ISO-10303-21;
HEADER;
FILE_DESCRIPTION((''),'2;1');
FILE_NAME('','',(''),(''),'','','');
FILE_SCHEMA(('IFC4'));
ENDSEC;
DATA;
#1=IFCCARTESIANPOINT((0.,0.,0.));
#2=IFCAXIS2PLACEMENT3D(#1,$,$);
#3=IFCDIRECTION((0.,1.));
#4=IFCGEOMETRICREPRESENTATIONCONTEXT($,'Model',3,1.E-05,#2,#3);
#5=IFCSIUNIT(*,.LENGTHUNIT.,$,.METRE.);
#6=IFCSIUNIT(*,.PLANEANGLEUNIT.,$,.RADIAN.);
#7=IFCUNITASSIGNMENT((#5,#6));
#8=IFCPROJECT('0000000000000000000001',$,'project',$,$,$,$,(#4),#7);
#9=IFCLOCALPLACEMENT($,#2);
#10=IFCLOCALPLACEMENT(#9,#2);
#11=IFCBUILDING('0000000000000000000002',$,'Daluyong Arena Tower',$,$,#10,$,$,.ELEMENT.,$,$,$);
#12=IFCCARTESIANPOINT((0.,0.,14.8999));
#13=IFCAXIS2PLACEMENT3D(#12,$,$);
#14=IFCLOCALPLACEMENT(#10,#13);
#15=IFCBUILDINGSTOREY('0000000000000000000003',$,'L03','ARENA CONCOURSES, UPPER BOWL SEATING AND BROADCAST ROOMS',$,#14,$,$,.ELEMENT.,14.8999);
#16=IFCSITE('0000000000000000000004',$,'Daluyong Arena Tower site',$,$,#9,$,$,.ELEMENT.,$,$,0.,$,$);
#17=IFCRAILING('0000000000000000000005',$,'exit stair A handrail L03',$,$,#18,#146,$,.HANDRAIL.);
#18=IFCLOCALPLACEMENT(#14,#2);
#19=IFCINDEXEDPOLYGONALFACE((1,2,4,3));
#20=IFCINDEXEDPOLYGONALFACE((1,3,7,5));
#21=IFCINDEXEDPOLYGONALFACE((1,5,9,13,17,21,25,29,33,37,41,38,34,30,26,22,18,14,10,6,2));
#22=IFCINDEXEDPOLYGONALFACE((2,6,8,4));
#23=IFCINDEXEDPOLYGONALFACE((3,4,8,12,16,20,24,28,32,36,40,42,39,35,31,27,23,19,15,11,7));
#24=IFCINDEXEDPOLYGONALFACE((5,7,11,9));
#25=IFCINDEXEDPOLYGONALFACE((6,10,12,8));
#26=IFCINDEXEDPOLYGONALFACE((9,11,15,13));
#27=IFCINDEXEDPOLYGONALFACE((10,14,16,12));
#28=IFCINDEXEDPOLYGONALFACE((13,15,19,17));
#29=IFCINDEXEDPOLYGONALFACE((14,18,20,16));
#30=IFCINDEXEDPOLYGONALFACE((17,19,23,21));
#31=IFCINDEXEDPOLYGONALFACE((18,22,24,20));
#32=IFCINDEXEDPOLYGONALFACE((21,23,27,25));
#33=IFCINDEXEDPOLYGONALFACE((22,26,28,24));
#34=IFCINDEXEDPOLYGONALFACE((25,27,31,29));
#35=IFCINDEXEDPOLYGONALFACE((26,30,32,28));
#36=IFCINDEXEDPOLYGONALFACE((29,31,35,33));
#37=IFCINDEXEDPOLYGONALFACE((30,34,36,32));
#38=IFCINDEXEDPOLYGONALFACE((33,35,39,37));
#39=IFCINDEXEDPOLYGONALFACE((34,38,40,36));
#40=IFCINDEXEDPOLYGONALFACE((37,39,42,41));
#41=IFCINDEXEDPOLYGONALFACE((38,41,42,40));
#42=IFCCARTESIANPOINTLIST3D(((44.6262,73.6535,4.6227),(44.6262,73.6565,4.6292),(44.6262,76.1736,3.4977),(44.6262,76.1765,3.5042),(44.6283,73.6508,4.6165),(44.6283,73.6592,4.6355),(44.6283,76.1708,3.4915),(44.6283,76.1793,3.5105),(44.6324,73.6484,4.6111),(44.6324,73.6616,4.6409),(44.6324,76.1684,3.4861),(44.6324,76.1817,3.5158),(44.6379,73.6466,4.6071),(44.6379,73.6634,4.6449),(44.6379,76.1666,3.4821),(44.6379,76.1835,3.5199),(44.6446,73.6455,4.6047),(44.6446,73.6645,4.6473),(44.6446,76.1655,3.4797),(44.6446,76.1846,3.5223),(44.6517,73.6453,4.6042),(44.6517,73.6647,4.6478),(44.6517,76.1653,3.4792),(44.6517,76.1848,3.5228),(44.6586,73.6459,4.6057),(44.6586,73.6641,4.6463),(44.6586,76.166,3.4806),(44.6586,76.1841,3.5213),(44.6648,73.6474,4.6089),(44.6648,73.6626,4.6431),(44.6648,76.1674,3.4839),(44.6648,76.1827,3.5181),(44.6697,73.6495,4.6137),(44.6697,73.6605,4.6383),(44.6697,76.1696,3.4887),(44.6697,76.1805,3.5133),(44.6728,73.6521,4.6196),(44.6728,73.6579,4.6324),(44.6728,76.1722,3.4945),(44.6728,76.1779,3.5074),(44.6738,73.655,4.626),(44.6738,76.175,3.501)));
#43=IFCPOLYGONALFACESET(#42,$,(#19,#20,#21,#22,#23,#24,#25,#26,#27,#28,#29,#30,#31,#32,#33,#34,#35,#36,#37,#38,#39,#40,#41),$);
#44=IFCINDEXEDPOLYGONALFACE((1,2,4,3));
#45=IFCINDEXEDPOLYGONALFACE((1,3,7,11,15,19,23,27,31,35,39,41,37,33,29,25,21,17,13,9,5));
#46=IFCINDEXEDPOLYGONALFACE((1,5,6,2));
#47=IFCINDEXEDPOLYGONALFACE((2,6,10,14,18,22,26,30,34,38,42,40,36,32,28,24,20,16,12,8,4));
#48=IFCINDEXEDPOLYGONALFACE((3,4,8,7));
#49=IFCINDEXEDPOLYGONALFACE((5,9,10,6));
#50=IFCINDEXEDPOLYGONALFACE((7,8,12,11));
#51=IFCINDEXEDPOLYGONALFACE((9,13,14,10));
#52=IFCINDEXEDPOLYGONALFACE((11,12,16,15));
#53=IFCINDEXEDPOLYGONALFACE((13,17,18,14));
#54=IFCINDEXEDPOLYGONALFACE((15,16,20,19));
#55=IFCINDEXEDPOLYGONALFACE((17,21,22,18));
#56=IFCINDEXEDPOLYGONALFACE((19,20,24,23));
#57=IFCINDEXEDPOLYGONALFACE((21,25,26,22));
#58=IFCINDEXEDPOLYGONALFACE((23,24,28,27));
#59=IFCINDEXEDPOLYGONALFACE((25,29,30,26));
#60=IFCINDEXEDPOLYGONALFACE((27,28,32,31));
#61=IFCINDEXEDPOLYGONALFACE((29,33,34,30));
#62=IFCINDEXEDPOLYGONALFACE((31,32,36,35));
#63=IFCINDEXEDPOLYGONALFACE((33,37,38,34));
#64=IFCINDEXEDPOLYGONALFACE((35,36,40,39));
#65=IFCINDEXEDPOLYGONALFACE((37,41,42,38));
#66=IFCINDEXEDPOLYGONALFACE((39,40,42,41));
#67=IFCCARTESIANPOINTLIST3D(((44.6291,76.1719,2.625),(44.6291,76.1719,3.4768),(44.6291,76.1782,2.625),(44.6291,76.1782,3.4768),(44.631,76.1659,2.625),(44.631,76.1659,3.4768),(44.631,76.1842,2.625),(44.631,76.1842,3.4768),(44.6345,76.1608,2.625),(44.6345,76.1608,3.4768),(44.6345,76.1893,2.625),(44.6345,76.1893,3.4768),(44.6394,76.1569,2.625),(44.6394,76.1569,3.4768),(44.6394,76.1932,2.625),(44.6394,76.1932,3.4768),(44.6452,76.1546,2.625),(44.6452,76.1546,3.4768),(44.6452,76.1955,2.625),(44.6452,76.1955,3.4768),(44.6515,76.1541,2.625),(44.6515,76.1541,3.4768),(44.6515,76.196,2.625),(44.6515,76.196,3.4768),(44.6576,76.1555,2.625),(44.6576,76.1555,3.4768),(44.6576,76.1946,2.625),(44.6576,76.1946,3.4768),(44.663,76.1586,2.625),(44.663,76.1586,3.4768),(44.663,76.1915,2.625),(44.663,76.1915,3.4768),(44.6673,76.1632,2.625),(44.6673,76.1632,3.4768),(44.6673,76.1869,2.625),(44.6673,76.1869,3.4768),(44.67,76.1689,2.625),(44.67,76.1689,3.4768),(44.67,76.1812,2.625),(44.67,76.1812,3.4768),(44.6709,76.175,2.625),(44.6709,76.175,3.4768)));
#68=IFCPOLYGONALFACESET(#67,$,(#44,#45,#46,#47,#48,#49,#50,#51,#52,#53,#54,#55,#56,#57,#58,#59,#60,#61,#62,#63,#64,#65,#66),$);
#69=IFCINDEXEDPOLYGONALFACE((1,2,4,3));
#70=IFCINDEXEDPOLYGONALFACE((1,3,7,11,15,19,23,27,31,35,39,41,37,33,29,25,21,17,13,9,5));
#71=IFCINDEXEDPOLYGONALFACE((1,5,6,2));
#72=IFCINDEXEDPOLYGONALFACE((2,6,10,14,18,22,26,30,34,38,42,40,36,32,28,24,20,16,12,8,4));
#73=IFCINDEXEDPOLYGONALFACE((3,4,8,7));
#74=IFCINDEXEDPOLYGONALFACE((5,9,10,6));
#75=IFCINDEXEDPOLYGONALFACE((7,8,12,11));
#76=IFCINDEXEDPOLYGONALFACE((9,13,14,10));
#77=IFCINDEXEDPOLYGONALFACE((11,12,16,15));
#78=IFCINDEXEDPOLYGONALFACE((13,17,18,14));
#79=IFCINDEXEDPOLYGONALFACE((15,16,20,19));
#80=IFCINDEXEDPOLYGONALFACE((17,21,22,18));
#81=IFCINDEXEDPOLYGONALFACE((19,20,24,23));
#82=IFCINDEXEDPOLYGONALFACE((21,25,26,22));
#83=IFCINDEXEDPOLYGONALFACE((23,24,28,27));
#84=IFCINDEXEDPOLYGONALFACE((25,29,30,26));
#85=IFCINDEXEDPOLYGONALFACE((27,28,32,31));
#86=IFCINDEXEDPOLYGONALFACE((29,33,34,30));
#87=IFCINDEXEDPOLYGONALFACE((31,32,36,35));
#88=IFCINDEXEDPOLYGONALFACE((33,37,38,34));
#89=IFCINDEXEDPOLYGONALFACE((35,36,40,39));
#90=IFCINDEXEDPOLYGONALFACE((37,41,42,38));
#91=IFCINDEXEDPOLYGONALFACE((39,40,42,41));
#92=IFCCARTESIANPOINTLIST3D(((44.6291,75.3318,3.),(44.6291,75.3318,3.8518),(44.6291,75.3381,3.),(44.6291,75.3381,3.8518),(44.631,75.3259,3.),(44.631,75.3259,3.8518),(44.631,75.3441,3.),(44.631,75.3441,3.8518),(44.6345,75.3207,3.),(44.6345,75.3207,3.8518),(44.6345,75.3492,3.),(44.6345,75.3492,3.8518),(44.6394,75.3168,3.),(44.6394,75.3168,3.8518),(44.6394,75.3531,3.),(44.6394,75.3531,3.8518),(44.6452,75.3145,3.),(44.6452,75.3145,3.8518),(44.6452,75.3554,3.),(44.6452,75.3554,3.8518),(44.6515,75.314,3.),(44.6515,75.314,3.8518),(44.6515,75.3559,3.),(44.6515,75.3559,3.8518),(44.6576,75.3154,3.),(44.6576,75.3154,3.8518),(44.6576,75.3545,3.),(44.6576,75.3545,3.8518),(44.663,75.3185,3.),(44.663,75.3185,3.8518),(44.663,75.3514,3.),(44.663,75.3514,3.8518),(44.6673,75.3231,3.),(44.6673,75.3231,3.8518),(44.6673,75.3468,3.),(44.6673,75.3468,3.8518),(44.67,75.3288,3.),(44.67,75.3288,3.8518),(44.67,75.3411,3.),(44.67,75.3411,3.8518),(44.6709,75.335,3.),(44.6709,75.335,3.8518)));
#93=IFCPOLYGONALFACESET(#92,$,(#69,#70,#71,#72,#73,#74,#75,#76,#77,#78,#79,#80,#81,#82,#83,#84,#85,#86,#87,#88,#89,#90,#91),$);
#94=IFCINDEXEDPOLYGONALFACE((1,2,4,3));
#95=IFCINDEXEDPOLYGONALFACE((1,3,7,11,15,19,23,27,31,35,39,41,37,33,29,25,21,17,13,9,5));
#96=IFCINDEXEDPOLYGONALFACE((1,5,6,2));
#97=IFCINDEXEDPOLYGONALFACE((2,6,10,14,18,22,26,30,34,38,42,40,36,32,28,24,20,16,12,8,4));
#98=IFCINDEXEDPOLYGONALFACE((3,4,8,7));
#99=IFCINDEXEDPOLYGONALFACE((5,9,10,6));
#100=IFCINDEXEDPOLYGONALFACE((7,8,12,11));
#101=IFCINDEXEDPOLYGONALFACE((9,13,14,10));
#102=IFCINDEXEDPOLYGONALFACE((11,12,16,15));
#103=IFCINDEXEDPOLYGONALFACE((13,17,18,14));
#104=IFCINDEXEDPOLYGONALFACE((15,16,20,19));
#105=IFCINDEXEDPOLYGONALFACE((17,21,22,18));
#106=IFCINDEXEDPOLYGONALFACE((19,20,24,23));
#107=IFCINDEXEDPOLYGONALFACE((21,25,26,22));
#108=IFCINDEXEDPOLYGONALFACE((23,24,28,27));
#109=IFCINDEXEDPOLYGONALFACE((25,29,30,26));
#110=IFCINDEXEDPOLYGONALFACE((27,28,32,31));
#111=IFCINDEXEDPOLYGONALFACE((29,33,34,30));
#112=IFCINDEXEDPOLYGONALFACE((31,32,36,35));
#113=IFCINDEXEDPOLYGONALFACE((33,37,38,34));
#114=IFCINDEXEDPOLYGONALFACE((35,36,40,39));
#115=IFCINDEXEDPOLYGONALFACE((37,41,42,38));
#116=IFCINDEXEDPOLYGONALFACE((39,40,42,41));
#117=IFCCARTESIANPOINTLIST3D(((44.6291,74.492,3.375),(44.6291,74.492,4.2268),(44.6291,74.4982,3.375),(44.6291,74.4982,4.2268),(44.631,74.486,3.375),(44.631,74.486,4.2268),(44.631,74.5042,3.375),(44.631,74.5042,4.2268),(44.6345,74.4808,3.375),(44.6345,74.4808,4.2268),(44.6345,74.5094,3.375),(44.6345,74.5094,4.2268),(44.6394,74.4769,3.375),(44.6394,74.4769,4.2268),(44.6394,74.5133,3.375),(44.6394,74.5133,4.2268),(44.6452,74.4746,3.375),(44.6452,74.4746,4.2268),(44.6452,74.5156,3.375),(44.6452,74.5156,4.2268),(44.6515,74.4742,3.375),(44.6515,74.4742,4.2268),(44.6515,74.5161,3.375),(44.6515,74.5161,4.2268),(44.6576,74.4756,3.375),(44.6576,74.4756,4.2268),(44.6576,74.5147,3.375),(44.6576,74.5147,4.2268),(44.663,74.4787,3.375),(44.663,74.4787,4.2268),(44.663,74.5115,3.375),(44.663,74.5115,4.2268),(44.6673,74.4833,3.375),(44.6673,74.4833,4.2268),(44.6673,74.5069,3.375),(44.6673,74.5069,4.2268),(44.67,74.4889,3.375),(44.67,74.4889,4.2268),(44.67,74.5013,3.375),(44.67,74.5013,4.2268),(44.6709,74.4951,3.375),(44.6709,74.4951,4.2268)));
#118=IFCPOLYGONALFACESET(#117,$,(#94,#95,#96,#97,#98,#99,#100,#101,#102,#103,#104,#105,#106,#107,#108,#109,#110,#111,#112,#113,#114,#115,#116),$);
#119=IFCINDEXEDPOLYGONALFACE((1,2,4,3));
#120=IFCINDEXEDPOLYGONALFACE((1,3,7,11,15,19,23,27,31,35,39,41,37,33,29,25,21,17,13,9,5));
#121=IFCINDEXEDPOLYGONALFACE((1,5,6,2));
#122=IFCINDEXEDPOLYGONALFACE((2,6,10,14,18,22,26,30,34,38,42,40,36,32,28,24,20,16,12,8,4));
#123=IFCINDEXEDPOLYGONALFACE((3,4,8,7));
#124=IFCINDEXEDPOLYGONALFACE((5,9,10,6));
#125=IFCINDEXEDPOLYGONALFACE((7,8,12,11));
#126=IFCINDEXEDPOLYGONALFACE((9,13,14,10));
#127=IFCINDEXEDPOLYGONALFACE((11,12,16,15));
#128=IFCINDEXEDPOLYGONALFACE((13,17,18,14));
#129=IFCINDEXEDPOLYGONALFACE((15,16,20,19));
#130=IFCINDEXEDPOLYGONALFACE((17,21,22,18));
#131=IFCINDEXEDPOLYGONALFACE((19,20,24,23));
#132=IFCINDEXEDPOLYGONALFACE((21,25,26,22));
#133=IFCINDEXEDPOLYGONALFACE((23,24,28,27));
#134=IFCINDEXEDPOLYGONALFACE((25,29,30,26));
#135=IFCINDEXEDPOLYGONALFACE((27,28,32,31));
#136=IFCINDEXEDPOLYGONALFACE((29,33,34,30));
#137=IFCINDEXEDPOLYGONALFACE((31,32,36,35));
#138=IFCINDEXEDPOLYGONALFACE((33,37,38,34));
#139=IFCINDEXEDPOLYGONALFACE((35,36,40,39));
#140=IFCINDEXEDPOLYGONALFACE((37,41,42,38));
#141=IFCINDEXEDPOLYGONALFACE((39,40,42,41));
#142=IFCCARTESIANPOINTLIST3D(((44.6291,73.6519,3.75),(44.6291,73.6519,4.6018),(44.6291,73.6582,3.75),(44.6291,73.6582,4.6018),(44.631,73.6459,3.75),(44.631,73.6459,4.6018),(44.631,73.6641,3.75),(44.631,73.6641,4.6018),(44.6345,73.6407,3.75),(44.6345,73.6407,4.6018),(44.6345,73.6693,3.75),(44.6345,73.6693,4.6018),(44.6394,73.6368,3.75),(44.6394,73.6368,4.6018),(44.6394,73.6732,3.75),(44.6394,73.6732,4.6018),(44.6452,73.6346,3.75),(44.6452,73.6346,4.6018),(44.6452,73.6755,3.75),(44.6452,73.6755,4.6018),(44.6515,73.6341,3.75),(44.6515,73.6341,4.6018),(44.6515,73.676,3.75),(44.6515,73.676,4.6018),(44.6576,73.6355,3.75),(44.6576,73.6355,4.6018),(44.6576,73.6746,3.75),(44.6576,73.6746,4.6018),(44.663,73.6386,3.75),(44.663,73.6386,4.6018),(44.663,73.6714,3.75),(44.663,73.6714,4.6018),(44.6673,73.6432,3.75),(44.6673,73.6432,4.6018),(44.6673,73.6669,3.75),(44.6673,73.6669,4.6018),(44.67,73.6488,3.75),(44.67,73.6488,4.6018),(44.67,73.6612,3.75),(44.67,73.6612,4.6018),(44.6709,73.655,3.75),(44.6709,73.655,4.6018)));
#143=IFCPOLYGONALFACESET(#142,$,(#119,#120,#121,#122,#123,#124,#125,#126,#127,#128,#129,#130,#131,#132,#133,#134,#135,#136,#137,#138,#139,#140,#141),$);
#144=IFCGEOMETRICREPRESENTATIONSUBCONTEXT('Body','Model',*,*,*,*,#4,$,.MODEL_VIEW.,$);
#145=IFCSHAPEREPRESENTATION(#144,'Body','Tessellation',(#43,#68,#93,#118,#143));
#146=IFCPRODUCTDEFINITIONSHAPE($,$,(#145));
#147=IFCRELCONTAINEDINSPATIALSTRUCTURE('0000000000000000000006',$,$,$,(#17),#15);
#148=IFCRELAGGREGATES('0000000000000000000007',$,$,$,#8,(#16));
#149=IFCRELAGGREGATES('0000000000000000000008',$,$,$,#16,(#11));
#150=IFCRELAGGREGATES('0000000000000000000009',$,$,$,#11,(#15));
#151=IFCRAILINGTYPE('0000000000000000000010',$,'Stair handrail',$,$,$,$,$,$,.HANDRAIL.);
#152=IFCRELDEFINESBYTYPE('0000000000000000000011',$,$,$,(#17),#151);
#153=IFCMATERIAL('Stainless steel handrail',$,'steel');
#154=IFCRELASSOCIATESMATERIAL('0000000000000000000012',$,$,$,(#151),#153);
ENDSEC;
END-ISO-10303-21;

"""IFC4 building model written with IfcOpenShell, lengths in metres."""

from ifc_helpers import new_model, si_unit, direction, frame, origin, origin_2d, place, context, subcontext, project, spatial, circle, extrude, material, type_object, element, save


model = new_model("IFC4")

# Units and contexts
model_context = context("Model", 3, precision=1e-05, world=origin(), true_north=direction((0.0, 1.0)))
body_context = subcontext(model_context, "Body", "Model", "MODEL_VIEW")
ifc_project = project(units=[si_unit("LENGTHUNIT", "METRE"), si_unit("PLANEANGLEUNIT", "RADIAN")], contexts=[model_context])

# Site, building, storey
site_placement = place(None, origin())
site = spatial("IfcSite", under=ifc_project, at=site_placement, Name="Daluyong Arena Tower site", CompositionType="ELEMENT", RefElevation=0.0)
building_placement = place(site_placement, origin())
building = spatial("IfcBuilding", under=site, at=building_placement, Name="Daluyong Arena Tower", CompositionType="ELEMENT")
storey_placement = place(building_placement, frame((0.0, 0.0, 14.8999)))
storey = spatial("IfcBuildingStorey", under=building, at=storey_placement, Name="L03", Description="ARENA CONCOURSES, UPPER BOWL SEATING AND BROADCAST ROOMS", CompositionType="ELEMENT", Elevation=14.8999)

# Railing
ifc_material_1 = material(Name="Stainless steel handrail", Category="steel")
railing_type = type_object("IfcRailingType", Name="Stair handrail", PredefinedType="HANDRAIL", material=ifc_material_1)
for number, where, name in (
    (1, (44.6499, 76.175, 2.625), "exit stair A handrail L03"),
):
    element("IfcRailing", number, at=place(storey_placement, frame(where)), inside=storey, type_object=railing_type, Name=name, PredefinedType="HANDRAIL", context=body_context, shape_type="SweptSolid", body=[
        extrude(circle(Radius=0.0239, at=origin_2d()), frame((0.0, 0.0, 0.876), z_axis=(0.0, -0.913139, 0.407648), x_axis=(1.0, 0.0, 0.0)), (0.0, 0.0, 1.0), 2.7598),
        extrude(circle(Radius=0.021, at=origin_2d()), origin(), (0.0, 0.0, 1.0), 0.8518),
        extrude(circle(Radius=0.021, at=origin_2d()), frame((0.0, -0.8401, 0.375)), (0.0, 0.0, 1.0), 0.8518),
        extrude(circle(Radius=0.021, at=origin_2d()), frame((0.0, -1.6799, 0.75)), (0.0, 0.0, 1.0), 0.8518),
        extrude(circle(Radius=0.021, at=origin_2d()), frame((0.0, -2.52, 1.125)), (0.0, 0.0, 1.0), 0.8518),
    ])

save(model, "model.ifc")
